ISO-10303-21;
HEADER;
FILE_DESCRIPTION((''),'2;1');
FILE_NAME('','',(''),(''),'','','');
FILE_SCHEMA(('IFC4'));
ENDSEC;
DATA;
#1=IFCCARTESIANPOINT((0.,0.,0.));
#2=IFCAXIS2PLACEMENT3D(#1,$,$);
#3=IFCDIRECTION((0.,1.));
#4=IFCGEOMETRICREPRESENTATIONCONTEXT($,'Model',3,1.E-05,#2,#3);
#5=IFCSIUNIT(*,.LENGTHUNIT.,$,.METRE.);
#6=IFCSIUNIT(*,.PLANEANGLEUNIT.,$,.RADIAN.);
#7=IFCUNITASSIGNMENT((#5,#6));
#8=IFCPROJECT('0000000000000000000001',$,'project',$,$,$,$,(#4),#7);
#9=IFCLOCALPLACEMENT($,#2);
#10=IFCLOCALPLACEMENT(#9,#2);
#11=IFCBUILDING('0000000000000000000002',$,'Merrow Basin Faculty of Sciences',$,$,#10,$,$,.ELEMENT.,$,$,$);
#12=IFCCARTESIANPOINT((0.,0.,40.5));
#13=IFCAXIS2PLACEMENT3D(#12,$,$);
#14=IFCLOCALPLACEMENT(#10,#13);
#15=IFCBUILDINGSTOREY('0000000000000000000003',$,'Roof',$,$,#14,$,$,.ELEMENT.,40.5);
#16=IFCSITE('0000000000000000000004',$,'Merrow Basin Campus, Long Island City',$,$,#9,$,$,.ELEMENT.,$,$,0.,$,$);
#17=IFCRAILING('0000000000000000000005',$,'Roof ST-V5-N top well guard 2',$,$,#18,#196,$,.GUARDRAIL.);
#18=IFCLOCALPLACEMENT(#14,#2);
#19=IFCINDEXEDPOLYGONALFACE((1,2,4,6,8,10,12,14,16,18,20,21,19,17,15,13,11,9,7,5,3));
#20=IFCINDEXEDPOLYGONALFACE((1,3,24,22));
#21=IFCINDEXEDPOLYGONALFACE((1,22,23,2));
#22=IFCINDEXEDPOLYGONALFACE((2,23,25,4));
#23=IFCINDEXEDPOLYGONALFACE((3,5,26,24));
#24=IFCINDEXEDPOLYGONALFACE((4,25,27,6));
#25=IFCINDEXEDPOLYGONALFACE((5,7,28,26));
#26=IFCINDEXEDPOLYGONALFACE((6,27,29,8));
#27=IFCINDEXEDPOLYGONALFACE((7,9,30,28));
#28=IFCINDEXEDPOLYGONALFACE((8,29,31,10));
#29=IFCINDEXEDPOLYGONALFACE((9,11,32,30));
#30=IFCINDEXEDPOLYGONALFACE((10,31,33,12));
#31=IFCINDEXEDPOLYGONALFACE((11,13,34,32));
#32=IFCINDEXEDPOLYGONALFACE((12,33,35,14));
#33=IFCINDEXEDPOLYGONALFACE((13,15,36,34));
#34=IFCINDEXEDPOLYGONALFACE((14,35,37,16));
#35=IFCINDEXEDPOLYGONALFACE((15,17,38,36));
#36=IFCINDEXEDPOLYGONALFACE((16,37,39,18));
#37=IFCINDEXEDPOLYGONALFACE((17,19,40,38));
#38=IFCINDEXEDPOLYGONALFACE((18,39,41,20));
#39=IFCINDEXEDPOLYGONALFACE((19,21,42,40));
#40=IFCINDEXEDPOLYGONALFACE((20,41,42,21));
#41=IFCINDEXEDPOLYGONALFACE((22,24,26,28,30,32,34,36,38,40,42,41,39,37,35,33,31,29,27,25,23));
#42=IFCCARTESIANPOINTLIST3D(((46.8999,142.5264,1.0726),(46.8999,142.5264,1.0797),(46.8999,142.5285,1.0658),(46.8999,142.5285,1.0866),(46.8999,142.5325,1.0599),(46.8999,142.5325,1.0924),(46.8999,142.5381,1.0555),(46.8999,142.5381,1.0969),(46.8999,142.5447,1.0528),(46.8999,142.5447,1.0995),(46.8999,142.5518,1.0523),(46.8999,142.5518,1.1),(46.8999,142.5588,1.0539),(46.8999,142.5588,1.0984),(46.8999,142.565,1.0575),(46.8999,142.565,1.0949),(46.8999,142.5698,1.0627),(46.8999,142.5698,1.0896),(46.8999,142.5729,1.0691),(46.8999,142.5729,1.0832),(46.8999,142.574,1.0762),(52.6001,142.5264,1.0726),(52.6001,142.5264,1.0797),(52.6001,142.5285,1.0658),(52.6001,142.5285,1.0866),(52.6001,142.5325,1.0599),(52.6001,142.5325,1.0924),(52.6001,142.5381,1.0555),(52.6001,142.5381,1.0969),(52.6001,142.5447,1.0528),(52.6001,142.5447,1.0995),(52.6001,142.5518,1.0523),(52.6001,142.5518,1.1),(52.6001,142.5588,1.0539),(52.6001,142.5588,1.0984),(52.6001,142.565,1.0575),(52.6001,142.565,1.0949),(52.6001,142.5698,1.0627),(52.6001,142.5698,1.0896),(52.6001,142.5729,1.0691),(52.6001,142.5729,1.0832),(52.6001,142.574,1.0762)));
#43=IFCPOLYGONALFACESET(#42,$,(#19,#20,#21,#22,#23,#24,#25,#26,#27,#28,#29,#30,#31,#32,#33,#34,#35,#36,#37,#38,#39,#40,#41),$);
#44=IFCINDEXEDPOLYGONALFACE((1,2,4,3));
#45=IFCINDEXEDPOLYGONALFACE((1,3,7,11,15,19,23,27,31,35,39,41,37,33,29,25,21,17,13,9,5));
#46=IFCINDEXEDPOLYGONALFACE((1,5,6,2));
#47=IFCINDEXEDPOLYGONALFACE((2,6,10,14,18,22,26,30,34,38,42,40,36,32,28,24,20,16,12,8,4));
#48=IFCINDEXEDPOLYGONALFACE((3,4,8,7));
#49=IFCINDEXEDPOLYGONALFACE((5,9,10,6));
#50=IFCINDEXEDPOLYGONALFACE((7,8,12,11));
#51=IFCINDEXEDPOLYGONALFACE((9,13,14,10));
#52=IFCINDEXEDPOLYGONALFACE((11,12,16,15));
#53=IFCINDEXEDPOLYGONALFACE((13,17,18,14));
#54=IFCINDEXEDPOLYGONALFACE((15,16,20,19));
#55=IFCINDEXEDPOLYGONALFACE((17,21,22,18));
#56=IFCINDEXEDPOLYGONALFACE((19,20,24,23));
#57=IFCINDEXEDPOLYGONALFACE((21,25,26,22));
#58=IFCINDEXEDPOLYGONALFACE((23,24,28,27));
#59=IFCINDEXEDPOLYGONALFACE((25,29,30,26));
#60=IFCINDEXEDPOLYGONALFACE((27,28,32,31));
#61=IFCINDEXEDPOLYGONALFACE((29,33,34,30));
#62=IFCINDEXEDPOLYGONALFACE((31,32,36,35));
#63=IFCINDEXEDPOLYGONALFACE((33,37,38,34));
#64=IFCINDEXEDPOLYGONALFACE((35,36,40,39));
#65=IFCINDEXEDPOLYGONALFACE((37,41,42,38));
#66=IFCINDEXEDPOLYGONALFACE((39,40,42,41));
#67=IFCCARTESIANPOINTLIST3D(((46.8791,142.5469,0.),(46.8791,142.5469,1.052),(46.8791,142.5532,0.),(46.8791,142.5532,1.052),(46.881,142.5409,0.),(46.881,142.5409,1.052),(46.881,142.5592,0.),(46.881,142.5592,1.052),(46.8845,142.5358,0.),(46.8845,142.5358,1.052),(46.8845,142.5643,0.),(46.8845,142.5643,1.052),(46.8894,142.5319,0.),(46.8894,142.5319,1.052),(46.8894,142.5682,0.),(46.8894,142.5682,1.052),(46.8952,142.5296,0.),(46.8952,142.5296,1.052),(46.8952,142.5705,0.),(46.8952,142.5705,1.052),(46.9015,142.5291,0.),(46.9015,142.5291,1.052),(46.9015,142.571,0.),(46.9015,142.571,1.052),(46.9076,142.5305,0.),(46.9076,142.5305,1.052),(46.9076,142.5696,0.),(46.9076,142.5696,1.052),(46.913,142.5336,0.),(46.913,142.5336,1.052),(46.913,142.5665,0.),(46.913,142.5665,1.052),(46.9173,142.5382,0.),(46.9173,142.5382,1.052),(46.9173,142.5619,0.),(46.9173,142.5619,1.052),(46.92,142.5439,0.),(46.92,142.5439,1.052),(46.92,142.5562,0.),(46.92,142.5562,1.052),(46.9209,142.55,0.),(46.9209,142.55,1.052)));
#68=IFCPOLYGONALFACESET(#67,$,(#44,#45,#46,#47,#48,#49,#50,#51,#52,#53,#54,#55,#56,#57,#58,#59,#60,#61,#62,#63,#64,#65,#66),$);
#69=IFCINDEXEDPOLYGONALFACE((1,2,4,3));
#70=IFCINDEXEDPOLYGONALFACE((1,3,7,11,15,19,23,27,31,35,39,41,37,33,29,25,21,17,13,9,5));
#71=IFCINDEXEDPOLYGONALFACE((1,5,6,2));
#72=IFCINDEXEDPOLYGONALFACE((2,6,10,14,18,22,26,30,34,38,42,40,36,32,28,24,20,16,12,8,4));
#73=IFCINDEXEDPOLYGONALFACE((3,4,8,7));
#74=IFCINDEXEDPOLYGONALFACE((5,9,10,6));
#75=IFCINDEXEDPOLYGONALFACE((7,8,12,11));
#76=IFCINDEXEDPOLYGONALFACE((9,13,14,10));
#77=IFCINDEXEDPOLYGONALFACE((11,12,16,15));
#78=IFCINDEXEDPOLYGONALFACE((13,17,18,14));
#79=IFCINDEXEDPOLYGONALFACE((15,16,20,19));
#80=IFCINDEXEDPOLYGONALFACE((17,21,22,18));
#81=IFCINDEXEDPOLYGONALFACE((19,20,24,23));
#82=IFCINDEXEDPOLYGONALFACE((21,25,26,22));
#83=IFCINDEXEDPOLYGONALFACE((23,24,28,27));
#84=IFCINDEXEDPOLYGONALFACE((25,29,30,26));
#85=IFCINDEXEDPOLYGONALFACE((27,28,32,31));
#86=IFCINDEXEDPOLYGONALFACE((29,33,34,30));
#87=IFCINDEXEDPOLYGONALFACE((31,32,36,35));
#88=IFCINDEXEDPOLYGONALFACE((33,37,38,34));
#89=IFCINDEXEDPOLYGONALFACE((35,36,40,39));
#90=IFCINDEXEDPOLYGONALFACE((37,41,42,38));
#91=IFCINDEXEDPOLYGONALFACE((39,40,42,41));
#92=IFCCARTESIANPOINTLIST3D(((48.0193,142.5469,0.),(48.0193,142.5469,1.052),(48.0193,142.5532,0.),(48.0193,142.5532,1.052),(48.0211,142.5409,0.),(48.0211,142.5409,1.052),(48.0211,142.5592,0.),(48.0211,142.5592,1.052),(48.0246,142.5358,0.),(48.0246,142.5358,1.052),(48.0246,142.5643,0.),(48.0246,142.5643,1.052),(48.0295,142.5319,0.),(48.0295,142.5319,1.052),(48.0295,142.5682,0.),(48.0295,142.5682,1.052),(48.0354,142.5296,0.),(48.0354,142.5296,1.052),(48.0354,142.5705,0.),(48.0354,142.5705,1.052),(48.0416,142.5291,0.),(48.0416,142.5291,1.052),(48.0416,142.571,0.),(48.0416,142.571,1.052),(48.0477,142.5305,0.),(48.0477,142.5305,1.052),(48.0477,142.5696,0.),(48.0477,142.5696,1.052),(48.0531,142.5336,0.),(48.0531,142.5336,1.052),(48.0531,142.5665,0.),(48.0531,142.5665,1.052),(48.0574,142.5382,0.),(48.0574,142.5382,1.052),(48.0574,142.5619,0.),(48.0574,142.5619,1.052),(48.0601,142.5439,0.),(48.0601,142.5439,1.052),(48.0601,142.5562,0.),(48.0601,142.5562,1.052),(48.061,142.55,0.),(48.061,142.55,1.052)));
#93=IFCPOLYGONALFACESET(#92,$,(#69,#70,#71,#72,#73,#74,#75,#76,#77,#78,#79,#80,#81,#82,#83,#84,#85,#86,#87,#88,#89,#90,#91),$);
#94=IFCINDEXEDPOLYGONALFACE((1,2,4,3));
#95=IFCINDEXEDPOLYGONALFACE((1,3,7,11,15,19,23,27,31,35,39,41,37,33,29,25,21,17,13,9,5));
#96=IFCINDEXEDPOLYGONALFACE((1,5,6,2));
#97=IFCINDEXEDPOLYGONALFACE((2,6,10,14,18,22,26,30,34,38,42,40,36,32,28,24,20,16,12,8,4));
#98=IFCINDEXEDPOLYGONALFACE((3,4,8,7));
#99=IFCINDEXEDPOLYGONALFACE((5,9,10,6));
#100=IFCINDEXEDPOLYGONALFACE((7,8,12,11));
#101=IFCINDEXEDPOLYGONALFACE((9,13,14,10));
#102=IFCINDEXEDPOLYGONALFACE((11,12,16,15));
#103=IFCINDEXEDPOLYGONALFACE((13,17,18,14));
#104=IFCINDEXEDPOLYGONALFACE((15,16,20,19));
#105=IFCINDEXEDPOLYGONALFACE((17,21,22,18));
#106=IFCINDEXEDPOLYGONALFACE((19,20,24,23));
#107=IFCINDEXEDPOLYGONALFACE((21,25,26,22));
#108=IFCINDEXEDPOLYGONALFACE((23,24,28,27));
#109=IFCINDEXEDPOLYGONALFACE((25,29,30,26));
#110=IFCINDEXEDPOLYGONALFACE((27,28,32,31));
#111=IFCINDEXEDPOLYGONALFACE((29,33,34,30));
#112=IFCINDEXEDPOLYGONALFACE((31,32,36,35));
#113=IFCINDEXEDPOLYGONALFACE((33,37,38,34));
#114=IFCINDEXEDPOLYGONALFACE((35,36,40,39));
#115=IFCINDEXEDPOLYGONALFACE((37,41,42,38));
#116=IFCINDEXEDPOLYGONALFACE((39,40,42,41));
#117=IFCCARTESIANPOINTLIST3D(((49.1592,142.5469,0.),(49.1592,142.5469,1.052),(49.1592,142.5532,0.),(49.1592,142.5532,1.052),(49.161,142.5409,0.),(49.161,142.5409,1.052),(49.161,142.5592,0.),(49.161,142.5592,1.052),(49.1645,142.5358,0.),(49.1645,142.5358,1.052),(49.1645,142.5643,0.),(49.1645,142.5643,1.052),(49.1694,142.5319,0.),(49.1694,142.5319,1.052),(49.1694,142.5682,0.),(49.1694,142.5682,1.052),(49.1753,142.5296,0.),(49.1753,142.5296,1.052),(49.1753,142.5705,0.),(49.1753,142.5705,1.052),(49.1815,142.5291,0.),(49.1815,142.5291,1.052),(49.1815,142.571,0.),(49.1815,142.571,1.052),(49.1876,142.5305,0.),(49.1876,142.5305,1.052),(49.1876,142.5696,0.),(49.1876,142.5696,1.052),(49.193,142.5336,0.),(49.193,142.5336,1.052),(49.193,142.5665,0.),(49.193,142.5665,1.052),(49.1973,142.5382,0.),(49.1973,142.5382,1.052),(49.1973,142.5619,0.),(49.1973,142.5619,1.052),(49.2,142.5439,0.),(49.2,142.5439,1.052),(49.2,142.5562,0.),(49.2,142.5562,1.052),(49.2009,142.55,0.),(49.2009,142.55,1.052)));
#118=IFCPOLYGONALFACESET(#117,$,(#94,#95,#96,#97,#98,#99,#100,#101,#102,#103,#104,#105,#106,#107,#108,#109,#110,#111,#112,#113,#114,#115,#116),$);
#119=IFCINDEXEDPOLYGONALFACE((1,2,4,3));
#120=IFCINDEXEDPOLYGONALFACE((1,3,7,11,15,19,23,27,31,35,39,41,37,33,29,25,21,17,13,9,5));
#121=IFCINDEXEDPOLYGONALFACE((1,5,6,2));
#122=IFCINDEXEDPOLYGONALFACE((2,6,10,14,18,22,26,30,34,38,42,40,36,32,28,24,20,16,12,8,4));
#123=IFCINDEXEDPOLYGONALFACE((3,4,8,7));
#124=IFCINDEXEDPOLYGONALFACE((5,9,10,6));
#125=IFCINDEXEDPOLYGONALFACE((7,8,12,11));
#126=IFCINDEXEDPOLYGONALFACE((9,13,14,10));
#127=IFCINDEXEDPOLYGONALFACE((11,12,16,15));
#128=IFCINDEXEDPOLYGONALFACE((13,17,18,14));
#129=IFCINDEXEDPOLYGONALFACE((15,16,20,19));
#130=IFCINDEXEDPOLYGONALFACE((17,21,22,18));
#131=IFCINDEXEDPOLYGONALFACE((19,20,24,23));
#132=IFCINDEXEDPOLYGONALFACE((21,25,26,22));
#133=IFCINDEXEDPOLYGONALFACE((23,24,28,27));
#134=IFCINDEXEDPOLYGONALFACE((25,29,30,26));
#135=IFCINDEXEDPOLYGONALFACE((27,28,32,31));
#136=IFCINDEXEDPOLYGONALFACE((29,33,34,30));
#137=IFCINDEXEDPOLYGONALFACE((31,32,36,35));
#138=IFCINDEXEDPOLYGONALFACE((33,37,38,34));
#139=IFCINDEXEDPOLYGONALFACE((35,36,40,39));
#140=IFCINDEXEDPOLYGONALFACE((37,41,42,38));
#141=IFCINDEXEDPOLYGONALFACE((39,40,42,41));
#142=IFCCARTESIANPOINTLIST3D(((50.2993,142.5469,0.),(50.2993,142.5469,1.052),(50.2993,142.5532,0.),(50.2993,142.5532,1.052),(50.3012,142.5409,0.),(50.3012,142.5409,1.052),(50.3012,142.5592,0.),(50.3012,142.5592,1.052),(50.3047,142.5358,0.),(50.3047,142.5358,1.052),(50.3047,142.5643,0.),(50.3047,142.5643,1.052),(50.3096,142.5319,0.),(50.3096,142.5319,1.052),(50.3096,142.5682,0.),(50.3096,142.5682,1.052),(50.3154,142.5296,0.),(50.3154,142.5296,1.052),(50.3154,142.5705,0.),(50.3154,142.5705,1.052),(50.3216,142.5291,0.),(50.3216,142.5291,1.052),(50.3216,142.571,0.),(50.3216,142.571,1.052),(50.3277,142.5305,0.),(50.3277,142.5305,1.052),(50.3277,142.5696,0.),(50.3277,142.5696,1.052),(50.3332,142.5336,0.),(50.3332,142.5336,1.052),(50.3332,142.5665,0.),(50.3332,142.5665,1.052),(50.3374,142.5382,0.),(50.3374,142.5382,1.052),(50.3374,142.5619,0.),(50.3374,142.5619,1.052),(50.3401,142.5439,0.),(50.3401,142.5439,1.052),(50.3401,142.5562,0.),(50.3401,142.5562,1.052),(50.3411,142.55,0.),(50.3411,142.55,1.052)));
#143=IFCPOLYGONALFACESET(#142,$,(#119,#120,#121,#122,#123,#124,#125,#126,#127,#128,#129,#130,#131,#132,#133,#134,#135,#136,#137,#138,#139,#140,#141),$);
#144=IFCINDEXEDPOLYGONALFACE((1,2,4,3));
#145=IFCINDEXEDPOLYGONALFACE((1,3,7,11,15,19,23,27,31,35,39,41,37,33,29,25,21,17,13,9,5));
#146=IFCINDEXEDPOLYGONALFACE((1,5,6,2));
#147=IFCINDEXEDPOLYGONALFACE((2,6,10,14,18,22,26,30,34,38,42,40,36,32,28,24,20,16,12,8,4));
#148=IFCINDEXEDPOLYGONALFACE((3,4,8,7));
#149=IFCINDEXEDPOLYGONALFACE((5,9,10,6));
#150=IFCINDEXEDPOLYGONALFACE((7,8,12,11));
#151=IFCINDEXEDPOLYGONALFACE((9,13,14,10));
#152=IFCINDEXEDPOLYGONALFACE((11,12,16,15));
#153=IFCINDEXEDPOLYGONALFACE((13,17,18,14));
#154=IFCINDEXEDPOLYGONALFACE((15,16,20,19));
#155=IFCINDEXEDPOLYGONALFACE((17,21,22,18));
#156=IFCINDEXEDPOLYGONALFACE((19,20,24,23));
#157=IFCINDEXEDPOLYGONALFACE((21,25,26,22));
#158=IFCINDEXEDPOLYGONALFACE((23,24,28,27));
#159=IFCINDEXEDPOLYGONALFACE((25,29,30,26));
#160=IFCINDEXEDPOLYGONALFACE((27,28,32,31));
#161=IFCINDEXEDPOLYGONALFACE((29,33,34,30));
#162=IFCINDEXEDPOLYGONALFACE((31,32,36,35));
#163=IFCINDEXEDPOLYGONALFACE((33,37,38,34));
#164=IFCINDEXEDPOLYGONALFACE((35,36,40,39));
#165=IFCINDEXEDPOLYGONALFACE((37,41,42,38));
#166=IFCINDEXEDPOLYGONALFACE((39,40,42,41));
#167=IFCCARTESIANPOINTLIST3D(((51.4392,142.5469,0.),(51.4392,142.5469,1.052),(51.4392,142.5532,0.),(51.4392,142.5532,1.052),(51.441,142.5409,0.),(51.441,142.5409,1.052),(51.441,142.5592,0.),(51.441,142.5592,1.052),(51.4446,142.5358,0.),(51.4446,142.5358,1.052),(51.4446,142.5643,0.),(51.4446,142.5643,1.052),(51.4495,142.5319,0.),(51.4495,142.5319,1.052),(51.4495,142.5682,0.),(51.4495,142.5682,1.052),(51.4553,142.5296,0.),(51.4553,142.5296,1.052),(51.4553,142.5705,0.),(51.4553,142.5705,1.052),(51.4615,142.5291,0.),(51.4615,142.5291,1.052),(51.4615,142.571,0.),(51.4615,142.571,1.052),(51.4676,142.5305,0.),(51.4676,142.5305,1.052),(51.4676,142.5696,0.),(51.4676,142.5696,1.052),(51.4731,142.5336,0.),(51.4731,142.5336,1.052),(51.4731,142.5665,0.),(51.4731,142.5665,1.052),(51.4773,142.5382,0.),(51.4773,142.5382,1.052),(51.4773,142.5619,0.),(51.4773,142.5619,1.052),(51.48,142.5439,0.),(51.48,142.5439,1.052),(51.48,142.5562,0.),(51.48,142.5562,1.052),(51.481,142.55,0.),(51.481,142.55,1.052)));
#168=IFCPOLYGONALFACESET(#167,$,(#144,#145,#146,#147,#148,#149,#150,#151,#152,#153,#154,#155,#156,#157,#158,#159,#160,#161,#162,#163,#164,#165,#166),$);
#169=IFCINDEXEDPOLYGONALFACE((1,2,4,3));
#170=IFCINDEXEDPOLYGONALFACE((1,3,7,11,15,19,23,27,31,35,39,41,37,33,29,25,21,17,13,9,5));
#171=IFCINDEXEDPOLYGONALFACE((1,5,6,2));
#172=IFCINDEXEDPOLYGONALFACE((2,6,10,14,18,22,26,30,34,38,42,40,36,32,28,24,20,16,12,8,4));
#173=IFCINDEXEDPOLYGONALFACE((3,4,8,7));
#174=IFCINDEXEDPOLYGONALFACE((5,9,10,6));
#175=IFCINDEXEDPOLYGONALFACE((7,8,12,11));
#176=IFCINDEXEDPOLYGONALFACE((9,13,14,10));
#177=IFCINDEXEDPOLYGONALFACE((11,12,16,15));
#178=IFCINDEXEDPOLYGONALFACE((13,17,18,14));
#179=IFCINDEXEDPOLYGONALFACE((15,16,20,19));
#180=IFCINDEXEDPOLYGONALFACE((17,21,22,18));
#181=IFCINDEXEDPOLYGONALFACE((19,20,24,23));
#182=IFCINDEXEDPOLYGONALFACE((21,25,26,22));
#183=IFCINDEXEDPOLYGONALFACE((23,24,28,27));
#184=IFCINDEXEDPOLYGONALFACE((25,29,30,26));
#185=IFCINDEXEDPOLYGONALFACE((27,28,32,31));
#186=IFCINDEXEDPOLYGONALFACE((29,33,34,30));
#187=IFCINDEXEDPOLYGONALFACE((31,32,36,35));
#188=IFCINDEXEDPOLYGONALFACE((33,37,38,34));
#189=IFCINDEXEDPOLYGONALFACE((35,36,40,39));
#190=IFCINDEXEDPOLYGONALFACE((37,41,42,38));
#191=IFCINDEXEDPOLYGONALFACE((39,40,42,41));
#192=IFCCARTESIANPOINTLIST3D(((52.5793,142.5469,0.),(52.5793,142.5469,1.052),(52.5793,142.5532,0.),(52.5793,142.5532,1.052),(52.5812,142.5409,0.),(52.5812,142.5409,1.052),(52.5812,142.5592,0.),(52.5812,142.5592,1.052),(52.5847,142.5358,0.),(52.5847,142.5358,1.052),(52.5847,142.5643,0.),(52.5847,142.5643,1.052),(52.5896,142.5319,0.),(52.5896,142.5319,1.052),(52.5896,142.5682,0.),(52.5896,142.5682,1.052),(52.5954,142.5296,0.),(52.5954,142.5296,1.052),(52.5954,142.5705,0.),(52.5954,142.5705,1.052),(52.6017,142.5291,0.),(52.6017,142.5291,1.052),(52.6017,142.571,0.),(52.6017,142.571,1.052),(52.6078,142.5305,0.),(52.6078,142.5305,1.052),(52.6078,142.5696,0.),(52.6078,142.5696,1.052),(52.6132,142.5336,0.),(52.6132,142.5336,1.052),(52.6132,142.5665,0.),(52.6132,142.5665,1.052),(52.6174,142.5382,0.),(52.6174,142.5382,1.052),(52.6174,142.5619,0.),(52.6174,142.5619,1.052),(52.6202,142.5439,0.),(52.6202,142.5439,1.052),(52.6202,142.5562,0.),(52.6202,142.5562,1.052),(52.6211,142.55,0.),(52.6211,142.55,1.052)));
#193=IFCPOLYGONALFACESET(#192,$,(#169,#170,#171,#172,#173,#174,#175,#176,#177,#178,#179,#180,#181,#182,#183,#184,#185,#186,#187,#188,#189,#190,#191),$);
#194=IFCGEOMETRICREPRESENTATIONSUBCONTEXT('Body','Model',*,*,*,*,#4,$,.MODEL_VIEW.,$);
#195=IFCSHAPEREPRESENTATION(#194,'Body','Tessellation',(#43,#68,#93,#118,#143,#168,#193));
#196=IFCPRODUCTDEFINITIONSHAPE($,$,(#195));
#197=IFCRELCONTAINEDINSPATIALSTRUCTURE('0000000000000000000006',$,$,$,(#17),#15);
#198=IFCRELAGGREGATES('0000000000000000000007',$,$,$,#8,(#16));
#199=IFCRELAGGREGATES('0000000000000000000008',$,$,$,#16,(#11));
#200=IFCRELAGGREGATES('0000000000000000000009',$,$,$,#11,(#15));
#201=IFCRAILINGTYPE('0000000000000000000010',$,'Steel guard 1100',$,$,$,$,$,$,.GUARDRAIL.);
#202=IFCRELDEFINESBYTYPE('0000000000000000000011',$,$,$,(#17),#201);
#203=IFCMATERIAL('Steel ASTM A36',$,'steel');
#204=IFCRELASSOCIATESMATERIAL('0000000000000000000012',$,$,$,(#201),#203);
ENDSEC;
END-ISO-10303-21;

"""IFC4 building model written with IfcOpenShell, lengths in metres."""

from ifc_helpers import new_model, si_unit, direction, frame, origin, origin_2d, place, context, subcontext, project, spatial, circle, extrude, material, type_object, element, save


model = new_model("IFC4")

# Units and contexts
model_context = context("Model", 3, precision=1e-05, world=origin(), true_north=direction((0.0, 1.0)))
body_context = subcontext(model_context, "Body", "Model", "MODEL_VIEW")
ifc_project = project(units=[si_unit("LENGTHUNIT", "METRE"), si_unit("PLANEANGLEUNIT", "RADIAN")], contexts=[model_context])

# Site, building, storey
site_placement = place(None, origin())
site = spatial("IfcSite", under=ifc_project, at=site_placement, Name="Merrow Basin Campus, Long Island City", CompositionType="ELEMENT", RefElevation=0.0)
building_placement = place(site_placement, origin())
building = spatial("IfcBuilding", under=site, at=building_placement, Name="Merrow Basin Faculty of Sciences", CompositionType="ELEMENT")
storey_placement = place(building_placement, frame((0.0, 0.0, 40.5)))
storey = spatial("IfcBuildingStorey", under=building, at=storey_placement, Name="Roof", CompositionType="ELEMENT", Elevation=40.5)

# Railing
ifc_material_1 = material(Name="Steel ASTM A36", Category="steel")
railing_type = type_object("IfcRailingType", Name="Steel guard 1100", PredefinedType="GUARDRAIL", material=ifc_material_1)
railing_1_placement = place(storey_placement, frame((46.8999, 142.55, 0.0)))
element("IfcRailing", 1, at=railing_1_placement, inside=storey, type_object=railing_type, Name="Roof ST-V5-N top well guard 2", PredefinedType="GUARDRAIL", context=body_context, shape_type="SweptSolid", body=[
    extrude(circle(Radius=0.0239, at=origin_2d()), frame((0.0, 0.0, 1.0762), z_axis=(1.0, 0.0, 0.0), x_axis=(0.0, 1.0, 0.0)), (0.0, 0.0, 1.0), 5.7002),
    extrude(circle(Radius=0.021, at=origin_2d()), origin(), (0.0, 0.0, 1.0), 1.052),
    extrude(circle(Radius=0.021, at=origin_2d()), frame((1.1401, 0.0, 0.0)), (0.0, 0.0, 1.0), 1.052),
    extrude(circle(Radius=0.021, at=origin_2d()), frame((2.28, 0.0, 0.0)), (0.0, 0.0, 1.0), 1.052),
    extrude(circle(Radius=0.021, at=origin_2d()), frame((3.4202, 0.0, 0.0)), (0.0, 0.0, 1.0), 1.052),
    extrude(circle(Radius=0.021, at=origin_2d()), frame((4.5601, 0.0, 0.0)), (0.0, 0.0, 1.0), 1.052),
    extrude(circle(Radius=0.021, at=origin_2d()), frame((5.7002, 0.0, 0.0)), (0.0, 0.0, 1.0), 1.052),
])

save(model, "model.ifc")
